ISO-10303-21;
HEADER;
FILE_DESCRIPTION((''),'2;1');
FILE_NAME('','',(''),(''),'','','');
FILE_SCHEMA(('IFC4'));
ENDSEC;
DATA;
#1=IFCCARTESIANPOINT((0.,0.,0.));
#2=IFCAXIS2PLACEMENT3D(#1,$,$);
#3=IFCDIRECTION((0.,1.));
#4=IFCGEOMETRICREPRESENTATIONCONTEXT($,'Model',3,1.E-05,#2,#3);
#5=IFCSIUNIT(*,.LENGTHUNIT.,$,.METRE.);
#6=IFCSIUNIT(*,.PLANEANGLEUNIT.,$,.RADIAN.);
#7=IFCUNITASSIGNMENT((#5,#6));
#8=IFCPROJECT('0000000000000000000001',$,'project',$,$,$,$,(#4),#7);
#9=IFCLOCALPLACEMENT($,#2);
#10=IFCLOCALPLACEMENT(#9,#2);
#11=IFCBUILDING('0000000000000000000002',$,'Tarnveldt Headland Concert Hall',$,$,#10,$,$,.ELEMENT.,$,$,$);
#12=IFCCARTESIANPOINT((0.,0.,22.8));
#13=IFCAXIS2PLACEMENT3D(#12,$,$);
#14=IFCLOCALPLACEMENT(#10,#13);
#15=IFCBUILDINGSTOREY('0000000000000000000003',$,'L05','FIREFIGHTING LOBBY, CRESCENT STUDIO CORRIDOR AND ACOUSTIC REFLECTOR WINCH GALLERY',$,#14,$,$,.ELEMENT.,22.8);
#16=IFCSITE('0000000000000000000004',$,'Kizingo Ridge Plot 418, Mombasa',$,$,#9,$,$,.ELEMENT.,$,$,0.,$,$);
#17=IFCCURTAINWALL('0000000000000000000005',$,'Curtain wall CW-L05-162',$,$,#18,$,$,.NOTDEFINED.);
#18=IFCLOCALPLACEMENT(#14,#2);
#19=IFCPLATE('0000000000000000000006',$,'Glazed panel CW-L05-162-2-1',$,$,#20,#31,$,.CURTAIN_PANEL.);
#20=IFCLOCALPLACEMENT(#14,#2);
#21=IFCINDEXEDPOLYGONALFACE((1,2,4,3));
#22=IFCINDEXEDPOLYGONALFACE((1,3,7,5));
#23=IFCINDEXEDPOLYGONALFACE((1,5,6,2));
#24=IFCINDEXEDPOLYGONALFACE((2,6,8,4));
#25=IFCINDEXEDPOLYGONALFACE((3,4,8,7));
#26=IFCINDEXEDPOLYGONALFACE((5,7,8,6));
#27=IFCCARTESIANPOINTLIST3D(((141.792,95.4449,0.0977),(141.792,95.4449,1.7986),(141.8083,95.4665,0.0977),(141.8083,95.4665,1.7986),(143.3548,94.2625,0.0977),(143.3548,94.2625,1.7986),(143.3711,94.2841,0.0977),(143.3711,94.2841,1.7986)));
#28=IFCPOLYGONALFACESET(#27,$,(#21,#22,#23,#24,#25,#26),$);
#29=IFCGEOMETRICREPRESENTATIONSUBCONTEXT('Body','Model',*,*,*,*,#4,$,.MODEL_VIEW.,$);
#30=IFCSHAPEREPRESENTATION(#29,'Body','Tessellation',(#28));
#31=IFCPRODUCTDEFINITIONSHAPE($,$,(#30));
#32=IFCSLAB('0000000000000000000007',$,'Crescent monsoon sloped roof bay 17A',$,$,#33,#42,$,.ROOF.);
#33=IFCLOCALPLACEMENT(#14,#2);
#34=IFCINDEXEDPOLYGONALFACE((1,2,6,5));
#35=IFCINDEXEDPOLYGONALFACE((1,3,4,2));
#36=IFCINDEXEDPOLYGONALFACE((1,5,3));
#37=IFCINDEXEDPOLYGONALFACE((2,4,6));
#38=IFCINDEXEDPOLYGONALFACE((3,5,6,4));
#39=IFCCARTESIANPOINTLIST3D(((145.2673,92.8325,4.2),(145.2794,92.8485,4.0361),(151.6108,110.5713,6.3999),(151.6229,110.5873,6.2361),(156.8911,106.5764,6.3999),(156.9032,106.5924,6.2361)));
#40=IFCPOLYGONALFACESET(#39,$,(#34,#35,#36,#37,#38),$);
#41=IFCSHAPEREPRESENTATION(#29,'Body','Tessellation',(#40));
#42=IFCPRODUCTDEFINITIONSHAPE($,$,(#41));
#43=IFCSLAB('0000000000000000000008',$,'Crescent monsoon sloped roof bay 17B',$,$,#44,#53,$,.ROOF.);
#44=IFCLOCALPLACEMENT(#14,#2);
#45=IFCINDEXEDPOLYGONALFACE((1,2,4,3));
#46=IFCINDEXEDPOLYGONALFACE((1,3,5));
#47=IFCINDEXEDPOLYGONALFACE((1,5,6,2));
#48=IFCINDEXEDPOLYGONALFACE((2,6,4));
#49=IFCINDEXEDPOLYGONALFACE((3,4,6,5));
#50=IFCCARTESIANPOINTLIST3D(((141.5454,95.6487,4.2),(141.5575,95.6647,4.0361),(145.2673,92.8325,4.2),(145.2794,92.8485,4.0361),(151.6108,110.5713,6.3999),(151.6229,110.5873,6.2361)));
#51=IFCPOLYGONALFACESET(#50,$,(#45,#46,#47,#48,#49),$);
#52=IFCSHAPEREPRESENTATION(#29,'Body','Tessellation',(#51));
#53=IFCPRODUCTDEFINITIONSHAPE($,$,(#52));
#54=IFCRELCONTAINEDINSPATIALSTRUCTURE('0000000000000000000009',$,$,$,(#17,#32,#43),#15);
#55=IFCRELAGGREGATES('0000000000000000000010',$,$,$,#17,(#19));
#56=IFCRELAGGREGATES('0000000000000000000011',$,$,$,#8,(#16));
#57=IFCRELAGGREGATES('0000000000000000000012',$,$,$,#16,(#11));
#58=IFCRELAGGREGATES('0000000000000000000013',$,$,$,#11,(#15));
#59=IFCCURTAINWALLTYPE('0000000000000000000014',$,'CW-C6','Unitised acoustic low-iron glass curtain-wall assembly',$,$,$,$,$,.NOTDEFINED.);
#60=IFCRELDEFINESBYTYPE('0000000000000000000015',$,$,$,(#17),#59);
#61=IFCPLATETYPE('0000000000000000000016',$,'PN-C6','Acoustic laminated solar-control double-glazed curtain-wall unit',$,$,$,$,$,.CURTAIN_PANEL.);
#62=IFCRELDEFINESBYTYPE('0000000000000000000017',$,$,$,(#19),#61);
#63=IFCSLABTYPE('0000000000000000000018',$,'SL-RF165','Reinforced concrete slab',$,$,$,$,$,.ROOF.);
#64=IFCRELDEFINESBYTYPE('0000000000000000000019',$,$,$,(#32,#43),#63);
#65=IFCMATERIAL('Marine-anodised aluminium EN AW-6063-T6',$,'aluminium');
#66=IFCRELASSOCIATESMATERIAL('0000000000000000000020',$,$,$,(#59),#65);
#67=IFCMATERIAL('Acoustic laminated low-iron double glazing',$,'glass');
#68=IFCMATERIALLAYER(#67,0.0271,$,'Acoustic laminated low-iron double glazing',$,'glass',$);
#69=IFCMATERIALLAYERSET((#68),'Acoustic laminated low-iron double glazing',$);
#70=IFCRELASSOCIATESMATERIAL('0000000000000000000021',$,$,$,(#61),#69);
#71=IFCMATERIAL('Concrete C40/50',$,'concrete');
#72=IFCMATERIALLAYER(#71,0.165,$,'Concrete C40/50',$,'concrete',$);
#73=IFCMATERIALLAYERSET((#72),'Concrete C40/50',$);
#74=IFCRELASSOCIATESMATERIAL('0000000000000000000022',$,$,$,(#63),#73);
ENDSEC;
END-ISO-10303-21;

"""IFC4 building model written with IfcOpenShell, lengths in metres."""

from ifc_helpers import new_model, si_unit, direction, frame, origin, origin_2d, place, context, subcontext, project, spatial, polyline, rectangle, outline, extrude, material, layer, layer_set, type_object, element, aggregate, save


model = new_model("IFC4")

# Units and contexts
model_context = context("Model", 3, precision=1e-05, world=origin(), true_north=direction((0.0, 1.0)))
body_context = subcontext(model_context, "Body", "Model", "MODEL_VIEW")
ifc_project = project(units=[si_unit("LENGTHUNIT", "METRE"), si_unit("PLANEANGLEUNIT", "RADIAN")], contexts=[model_context])

# Site, building, storey
site_placement = place(None, origin())
site = spatial("IfcSite", under=ifc_project, at=site_placement, Name="Kizingo Ridge Plot 418, Mombasa", CompositionType="ELEMENT", RefElevation=0.0)
building_placement = place(site_placement, origin())
building = spatial("IfcBuilding", under=site, at=building_placement, Name="Tarnveldt Headland Concert Hall", CompositionType="ELEMENT")
storey_placement = place(building_placement, frame((0.0, 0.0, 22.8)))
storey = spatial("IfcBuildingStorey", under=building, at=storey_placement, Name="L05", Description="FIREFIGHTING LOBBY, CRESCENT STUDIO CORRIDOR AND ACOUSTIC REFLECTOR WINCH GALLERY", CompositionType="ELEMENT", Elevation=22.8)

# Shared definitions
ifc_material_1 = material(Name="Marine-anodised aluminium EN AW-6063-T6", Category="aluminium")
curtain_wall_type = type_object("IfcCurtainWallType", Name="CW-C6", Description="Unitised acoustic low-iron glass curtain-wall assembly", PredefinedType="NOTDEFINED", material=ifc_material_1)

# Curtain wall
curtain_wall_1_placement = place(storey_placement, origin())
curtain_wall_1 = element("IfcCurtainWall", 1, at=curtain_wall_1_placement, inside=storey, type_object=curtain_wall_type, Name="Curtain wall CW-L05-162", PredefinedType="NOTDEFINED")

# Plate
ifc_material_2 = material(Name="Acoustic laminated low-iron double glazing", Category="glass")
ifc_layer_1 = layer(ifc_material_2, 0.0271, Name="Acoustic laminated low-iron double glazing", Category="glass")
ifc_layer_set_1 = layer_set([ifc_layer_1], Name="Acoustic laminated low-iron double glazing")
plate_type = type_object("IfcPlateType", Name="PN-C6", Description="Acoustic laminated solar-control double-glazed curtain-wall unit", PredefinedType="CURTAIN_PANEL", material=ifc_layer_set_1)
plate_1_placement = place(storey_placement, frame((142.5815, 94.8645, 0.0977), z_axis=(0.0, 0.0, 1.0), x_axis=(-0.797479, 0.603347, 0.0)))
plate_1 = element("IfcPlate", 2, at=plate_1_placement, type_object=plate_type, Name="Glazed panel CW-L05-162-2-1", PredefinedType="CURTAIN_PANEL", context=body_context, shape_type="SweptSolid", body=[
    extrude(rectangle(XDim=1.9597, YDim=0.0271, at=origin_2d()), origin(), (0.0, 0.0, 1.0), 1.7009),
])
aggregate(curtain_wall_1, [plate_1])

# Slabs
ifc_material_3 = material(Name="Concrete C40/50", Category="concrete")
ifc_layer_2 = layer(ifc_material_3, 0.165, Name="Concrete C40/50", Category="concrete")
ifc_layer_set_2 = layer_set([ifc_layer_2], Name="Concrete C40/50")
slab_type = type_object("IfcSlabType", Name="SL-RF165", Description="Reinforced concrete slab", PredefinedType="ROOF", material=ifc_layer_set_2)
slab_1_placement = place(storey_placement, frame((145.2673, 92.8325, 4.2), z_axis=(-0.073302, -0.096887, 0.992592), x_axis=(0.640989, 0.757902, 0.121315)))
element("IfcSlab", 3, at=slab_1_placement, inside=storey, type_object=slab_type, Name="Crescent monsoon sloped roof bay 17A", PredefinedType="ROOF", context=body_context, shape_type="SweptSolid", body=[
    extrude(outline(polyline([(0.0, 0.0), (18.1341, 0.0), (17.7773, 6.6116), (0.0, 0.0)])), origin(), (0.0, 0.0, -1.0), 0.165),
])
slab_2_placement = place(storey_placement, frame((145.2673, 92.8325, 4.2), z_axis=(-0.073308, -0.096885, 0.992592), x_axis=(0.334451, 0.935248, 0.115989)))
element("IfcSlab", 4, at=slab_2_placement, inside=storey, type_object=slab_type, Name="Crescent monsoon sloped roof bay 17B", PredefinedType="ROOF", context=body_context, shape_type="SweptSolid", body=[
    extrude(outline(polyline([(0.0, 0.0), (18.9669, 0.0), (1.389, 4.4558), (0.0, 0.0)])), origin(), (0.0, 0.0, -1.0), 0.165),
])

save(model, "model.ifc")
